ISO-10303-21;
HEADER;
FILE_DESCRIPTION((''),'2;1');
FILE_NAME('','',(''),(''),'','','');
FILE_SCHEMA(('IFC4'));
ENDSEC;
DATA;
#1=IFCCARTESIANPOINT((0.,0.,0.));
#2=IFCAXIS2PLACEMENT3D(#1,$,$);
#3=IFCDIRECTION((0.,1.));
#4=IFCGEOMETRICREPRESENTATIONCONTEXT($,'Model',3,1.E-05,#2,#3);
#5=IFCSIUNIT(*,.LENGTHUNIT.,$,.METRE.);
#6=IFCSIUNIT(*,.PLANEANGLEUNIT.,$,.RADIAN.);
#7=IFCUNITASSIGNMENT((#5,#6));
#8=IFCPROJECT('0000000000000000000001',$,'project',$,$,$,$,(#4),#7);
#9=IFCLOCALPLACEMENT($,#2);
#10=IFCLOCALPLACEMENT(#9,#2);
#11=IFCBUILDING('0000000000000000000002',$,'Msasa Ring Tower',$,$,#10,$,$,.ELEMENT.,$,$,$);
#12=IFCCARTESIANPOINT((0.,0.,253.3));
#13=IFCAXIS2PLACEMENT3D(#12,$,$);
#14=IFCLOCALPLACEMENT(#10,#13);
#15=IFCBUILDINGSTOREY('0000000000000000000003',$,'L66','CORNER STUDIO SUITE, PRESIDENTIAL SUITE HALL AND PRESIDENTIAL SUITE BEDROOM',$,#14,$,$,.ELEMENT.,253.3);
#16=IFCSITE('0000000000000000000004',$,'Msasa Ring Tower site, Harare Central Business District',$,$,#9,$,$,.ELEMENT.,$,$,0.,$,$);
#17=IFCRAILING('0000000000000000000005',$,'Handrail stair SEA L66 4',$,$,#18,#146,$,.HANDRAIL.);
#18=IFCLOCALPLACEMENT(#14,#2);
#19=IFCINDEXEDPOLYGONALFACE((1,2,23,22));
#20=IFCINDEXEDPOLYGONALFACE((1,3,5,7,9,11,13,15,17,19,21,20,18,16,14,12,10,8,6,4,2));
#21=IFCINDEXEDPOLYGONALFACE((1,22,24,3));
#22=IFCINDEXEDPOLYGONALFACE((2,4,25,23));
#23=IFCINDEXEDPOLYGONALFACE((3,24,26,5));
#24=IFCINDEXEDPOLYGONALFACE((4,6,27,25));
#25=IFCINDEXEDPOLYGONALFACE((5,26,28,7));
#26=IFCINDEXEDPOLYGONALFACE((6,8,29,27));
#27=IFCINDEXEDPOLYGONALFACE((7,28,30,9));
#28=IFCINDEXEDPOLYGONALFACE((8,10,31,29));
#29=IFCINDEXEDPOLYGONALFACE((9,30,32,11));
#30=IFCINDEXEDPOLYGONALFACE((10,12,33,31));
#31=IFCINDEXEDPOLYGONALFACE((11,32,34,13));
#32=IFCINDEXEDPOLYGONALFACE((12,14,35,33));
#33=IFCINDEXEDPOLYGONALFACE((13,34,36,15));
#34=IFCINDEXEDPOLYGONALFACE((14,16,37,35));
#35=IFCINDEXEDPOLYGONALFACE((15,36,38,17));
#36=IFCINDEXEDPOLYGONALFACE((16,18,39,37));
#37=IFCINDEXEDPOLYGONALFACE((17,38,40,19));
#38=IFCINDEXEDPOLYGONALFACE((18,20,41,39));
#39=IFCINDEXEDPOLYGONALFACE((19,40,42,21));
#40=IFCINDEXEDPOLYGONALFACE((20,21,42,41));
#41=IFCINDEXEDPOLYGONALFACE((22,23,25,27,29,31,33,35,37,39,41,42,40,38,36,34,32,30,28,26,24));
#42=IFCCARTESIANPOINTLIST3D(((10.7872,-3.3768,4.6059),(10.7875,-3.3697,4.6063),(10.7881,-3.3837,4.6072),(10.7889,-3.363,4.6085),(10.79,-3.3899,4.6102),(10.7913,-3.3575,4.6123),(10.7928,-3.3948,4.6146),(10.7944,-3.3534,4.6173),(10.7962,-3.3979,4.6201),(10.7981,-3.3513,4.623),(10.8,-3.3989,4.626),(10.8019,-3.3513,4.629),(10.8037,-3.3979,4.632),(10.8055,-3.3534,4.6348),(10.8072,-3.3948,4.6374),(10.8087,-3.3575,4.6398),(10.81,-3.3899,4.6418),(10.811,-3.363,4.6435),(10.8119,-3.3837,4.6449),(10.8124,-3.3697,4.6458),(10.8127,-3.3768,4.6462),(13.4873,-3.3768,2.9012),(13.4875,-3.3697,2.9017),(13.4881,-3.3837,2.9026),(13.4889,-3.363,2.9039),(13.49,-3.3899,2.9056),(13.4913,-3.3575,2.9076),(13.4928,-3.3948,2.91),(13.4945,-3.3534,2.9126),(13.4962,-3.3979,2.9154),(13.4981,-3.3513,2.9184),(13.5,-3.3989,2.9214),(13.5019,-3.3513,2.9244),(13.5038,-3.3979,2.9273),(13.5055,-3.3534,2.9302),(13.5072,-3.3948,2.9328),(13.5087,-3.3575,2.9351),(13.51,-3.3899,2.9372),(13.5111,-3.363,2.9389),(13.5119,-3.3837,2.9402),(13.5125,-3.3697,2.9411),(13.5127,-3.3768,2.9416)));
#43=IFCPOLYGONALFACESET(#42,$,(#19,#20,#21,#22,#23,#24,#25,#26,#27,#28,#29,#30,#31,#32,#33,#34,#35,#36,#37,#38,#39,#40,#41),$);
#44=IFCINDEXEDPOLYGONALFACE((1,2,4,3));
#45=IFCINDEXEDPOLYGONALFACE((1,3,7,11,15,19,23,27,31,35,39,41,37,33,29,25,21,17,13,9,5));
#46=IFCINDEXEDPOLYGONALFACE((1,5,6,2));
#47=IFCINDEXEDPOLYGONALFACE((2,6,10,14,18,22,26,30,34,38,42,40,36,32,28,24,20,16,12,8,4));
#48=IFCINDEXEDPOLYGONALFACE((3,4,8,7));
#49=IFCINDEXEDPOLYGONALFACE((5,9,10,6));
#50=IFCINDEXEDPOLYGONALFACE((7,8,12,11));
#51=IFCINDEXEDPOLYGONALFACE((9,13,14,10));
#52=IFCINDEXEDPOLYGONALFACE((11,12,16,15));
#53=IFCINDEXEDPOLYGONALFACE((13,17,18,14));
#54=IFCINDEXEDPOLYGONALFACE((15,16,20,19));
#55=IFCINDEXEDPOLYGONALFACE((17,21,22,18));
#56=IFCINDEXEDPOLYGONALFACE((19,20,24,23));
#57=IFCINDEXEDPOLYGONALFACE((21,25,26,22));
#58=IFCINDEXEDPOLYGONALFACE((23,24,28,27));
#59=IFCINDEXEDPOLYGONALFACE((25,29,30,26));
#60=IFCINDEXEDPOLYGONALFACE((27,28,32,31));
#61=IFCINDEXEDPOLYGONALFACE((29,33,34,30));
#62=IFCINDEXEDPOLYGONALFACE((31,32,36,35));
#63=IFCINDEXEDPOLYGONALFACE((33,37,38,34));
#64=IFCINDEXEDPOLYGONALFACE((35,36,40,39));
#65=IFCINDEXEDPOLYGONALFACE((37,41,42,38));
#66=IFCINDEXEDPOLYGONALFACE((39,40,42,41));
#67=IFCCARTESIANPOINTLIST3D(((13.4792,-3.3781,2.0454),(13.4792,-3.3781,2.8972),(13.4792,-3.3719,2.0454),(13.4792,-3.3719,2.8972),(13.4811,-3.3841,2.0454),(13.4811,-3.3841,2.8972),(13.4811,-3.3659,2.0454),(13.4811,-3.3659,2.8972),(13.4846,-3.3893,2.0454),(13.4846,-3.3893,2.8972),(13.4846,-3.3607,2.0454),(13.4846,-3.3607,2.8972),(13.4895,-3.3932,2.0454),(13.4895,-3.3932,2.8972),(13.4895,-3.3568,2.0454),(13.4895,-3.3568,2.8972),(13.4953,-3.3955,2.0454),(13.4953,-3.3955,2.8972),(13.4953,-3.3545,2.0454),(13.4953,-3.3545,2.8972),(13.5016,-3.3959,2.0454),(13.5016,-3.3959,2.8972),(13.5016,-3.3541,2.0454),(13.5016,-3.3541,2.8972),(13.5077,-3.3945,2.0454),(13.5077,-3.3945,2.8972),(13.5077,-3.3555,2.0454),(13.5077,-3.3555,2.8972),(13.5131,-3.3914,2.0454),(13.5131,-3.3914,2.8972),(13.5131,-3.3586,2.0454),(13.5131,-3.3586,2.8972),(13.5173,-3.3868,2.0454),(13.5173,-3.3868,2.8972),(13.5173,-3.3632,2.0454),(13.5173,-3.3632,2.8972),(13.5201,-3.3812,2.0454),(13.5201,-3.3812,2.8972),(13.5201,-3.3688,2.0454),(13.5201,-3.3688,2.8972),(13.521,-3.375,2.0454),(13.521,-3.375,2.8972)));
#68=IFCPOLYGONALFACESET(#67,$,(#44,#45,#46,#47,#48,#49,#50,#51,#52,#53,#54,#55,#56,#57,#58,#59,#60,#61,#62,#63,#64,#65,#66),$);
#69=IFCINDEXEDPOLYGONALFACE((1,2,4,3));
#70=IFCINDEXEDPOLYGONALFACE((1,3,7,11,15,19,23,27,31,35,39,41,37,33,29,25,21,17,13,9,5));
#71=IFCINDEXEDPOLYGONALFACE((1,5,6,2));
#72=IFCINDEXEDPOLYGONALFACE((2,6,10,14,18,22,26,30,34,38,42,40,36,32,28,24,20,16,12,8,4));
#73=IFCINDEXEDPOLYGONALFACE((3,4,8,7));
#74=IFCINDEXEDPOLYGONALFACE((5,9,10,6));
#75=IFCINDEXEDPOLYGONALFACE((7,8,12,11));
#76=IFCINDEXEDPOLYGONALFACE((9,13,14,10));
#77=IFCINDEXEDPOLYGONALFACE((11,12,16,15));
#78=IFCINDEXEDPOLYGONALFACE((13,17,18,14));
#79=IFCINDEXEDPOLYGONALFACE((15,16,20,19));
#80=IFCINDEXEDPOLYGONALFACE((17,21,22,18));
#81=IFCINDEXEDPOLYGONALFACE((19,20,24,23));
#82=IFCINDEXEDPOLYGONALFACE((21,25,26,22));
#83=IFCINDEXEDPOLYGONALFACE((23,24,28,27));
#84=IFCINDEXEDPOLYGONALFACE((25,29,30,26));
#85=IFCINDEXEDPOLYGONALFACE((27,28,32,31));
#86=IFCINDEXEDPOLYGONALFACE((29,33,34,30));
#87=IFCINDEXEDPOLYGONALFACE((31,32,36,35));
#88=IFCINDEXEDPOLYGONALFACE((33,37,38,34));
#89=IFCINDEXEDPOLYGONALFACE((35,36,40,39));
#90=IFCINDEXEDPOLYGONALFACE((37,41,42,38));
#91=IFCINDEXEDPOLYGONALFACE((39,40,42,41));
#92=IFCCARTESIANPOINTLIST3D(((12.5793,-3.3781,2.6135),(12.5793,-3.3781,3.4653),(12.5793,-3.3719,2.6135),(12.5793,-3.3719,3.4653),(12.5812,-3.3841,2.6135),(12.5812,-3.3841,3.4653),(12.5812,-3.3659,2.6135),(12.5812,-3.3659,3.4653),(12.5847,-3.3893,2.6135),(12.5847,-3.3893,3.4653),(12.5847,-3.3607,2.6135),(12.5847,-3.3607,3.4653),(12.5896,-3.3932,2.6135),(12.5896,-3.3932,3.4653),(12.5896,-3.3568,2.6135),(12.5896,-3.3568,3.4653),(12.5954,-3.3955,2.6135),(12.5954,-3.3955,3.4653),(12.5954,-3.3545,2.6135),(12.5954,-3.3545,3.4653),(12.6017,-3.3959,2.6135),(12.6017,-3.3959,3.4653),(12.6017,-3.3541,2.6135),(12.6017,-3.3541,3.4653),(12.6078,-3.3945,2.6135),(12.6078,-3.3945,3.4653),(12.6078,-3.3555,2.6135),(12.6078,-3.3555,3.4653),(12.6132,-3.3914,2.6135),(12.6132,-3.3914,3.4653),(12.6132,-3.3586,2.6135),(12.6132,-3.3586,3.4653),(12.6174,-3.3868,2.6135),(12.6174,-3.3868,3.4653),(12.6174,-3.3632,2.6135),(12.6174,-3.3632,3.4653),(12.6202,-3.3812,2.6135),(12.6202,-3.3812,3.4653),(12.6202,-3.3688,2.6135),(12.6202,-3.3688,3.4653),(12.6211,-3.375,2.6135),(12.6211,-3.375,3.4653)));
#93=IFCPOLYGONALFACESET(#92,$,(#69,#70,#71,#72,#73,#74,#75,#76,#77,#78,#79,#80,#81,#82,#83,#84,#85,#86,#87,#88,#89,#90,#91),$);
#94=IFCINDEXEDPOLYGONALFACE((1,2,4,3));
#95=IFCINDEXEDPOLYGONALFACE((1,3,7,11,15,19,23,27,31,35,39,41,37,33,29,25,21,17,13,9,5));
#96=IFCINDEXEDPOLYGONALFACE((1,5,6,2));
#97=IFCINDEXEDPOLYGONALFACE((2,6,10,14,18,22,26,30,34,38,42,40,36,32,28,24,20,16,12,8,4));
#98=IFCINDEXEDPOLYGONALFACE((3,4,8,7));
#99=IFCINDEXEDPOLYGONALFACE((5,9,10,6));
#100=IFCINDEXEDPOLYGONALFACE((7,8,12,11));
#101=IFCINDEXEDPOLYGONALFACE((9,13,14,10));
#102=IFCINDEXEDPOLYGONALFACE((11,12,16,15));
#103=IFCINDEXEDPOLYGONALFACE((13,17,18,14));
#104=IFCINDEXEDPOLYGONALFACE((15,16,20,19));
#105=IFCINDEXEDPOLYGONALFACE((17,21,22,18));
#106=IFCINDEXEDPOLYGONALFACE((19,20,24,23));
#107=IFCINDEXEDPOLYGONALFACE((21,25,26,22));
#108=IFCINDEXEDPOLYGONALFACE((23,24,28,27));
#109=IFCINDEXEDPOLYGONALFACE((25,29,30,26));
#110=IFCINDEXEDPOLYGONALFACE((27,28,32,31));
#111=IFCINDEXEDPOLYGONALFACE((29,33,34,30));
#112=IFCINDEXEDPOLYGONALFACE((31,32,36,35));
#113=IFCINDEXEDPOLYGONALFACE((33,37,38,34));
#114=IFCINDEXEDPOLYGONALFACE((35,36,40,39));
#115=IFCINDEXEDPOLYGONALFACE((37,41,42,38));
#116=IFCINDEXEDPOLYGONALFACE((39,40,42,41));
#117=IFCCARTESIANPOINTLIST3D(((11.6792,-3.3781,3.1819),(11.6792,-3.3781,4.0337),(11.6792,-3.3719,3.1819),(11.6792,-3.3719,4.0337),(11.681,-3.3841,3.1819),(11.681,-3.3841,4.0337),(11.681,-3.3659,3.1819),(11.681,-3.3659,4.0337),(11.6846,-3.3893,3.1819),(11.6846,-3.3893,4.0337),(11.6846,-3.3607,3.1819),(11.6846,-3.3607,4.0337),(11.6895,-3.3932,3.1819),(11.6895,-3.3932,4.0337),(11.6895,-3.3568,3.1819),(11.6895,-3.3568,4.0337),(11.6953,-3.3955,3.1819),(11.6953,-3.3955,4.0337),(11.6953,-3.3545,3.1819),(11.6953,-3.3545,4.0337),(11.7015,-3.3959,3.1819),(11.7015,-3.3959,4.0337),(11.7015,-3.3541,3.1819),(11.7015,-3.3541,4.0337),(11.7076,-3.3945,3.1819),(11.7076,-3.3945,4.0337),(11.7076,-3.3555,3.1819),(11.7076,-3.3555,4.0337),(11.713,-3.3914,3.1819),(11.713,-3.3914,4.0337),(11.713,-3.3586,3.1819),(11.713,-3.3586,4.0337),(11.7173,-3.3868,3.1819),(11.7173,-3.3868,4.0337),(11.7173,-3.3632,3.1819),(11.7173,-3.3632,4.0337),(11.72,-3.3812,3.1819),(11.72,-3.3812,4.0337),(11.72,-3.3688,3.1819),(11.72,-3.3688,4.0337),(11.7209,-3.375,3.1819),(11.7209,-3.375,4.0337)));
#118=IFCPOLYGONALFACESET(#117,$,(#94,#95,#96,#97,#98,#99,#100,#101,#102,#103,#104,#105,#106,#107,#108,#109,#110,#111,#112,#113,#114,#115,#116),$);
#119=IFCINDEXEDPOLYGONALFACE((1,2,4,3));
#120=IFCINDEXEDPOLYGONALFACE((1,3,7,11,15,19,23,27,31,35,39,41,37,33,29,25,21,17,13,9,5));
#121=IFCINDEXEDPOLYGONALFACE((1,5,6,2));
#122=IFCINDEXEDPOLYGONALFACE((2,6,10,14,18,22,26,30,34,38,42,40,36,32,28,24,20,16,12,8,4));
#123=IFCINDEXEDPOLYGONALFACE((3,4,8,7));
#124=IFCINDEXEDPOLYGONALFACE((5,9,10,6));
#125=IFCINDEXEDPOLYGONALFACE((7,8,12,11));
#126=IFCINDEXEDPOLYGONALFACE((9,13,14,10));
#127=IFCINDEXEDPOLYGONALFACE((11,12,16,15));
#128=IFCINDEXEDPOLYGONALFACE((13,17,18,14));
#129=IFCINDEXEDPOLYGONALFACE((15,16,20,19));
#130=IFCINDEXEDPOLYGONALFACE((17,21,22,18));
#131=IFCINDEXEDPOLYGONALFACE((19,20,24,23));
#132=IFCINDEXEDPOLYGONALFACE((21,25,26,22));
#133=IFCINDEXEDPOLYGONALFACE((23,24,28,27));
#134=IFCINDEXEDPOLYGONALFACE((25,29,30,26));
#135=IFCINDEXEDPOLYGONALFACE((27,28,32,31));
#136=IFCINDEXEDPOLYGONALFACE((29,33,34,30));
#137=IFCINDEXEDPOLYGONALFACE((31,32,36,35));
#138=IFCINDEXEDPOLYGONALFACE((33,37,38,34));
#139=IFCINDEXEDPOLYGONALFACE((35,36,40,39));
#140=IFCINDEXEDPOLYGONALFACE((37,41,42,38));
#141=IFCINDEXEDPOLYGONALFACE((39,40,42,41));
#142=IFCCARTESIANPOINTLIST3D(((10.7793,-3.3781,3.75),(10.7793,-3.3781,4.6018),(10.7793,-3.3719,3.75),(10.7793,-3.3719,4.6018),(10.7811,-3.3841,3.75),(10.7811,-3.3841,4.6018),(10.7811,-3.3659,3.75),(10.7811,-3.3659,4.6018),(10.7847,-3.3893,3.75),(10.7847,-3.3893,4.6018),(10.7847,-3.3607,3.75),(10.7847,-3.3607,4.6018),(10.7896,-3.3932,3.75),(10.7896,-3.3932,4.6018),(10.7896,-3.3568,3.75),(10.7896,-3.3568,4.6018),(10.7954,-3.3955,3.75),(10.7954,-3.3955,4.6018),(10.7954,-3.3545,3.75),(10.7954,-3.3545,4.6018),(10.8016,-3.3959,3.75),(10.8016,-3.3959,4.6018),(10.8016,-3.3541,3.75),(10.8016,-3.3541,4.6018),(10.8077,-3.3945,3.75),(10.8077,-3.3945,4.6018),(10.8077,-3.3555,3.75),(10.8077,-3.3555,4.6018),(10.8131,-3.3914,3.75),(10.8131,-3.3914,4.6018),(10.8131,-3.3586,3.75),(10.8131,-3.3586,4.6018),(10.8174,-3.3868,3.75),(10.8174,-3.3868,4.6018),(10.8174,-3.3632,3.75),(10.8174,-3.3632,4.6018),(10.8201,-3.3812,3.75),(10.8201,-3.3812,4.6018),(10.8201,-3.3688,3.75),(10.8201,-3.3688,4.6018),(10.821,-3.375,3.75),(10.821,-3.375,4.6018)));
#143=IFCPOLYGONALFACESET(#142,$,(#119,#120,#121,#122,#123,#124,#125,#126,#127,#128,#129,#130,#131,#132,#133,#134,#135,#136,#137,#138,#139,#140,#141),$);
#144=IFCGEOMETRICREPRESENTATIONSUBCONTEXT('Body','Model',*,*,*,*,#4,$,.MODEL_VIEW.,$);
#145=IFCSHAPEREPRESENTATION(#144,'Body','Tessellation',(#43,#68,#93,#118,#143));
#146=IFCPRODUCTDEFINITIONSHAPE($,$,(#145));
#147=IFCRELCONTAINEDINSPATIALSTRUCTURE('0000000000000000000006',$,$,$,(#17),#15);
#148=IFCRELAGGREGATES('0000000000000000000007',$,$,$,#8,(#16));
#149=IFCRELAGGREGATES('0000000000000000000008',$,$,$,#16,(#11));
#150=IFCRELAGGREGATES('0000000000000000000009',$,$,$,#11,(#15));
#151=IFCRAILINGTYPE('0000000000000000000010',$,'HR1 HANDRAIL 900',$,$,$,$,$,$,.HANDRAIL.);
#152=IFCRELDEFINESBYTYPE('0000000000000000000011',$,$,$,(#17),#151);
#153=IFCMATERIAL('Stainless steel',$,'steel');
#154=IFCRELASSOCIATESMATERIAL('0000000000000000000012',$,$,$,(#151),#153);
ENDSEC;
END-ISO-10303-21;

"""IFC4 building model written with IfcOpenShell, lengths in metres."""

from ifc_helpers import new_model, si_unit, direction, frame, origin, origin_2d, place, context, subcontext, project, spatial, circle, extrude, material, type_object, element, save


model = new_model("IFC4")

# Units and contexts
model_context = context("Model", 3, precision=1e-05, world=origin(), true_north=direction((0.0, 1.0)))
body_context = subcontext(model_context, "Body", "Model", "MODEL_VIEW")
ifc_project = project(units=[si_unit("LENGTHUNIT", "METRE"), si_unit("PLANEANGLEUNIT", "RADIAN")], contexts=[model_context])

# Site, building, storey
site_placement = place(None, origin())
site = spatial("IfcSite", under=ifc_project, at=site_placement, Name="Msasa Ring Tower site, Harare Central Business District", CompositionType="ELEMENT", RefElevation=0.0)
building_placement = place(site_placement, origin())
building = spatial("IfcBuilding", under=site, at=building_placement, Name="Msasa Ring Tower", CompositionType="ELEMENT")
storey_placement = place(building_placement, frame((0.0, 0.0, 253.3)))
storey = spatial("IfcBuildingStorey", under=building, at=storey_placement, Name="L66", Description="CORNER STUDIO SUITE, PRESIDENTIAL SUITE HALL AND PRESIDENTIAL SUITE BEDROOM", CompositionType="ELEMENT", Elevation=253.3)

# Railing
ifc_material_1 = material(Name="Stainless steel", Category="steel")
railing_type = type_object("IfcRailingType", Name="HR1 HANDRAIL 900", PredefinedType="HANDRAIL", material=ifc_material_1)
for number, where, name in (
    (1, (13.5, -3.375, 2.0454), "Handrail stair SEA L66 4"),
):
    element("IfcRailing", number, at=place(storey_placement, frame(where)), inside=storey, type_object=railing_type, Name=name, PredefinedType="HANDRAIL", context=body_context, shape_type="SweptSolid", body=[
        extrude(circle(Radius=0.0239, at=origin_2d()), frame((0.0, 0.0, 0.876), z_axis=(-0.84558, 0.0, 0.533849), x_axis=(0.0, -1.0, 0.0)), (0.0, 0.0, 1.0), 3.1931),
        extrude(circle(Radius=0.021, at=origin_2d()), origin(), (0.0, 0.0, 1.0), 0.8518),
        extrude(circle(Radius=0.021, at=origin_2d()), frame((-0.8999, 0.0, 0.5681)), (0.0, 0.0, 1.0), 0.8518),
        extrude(circle(Radius=0.021, at=origin_2d()), frame((-1.8, 0.0, 1.1365)), (0.0, 0.0, 1.0), 0.8518),
        extrude(circle(Radius=0.021, at=origin_2d()), frame((-2.7, 0.0, 1.7046)), (0.0, 0.0, 1.0), 0.8518),
    ])

save(model, "model.ifc")
